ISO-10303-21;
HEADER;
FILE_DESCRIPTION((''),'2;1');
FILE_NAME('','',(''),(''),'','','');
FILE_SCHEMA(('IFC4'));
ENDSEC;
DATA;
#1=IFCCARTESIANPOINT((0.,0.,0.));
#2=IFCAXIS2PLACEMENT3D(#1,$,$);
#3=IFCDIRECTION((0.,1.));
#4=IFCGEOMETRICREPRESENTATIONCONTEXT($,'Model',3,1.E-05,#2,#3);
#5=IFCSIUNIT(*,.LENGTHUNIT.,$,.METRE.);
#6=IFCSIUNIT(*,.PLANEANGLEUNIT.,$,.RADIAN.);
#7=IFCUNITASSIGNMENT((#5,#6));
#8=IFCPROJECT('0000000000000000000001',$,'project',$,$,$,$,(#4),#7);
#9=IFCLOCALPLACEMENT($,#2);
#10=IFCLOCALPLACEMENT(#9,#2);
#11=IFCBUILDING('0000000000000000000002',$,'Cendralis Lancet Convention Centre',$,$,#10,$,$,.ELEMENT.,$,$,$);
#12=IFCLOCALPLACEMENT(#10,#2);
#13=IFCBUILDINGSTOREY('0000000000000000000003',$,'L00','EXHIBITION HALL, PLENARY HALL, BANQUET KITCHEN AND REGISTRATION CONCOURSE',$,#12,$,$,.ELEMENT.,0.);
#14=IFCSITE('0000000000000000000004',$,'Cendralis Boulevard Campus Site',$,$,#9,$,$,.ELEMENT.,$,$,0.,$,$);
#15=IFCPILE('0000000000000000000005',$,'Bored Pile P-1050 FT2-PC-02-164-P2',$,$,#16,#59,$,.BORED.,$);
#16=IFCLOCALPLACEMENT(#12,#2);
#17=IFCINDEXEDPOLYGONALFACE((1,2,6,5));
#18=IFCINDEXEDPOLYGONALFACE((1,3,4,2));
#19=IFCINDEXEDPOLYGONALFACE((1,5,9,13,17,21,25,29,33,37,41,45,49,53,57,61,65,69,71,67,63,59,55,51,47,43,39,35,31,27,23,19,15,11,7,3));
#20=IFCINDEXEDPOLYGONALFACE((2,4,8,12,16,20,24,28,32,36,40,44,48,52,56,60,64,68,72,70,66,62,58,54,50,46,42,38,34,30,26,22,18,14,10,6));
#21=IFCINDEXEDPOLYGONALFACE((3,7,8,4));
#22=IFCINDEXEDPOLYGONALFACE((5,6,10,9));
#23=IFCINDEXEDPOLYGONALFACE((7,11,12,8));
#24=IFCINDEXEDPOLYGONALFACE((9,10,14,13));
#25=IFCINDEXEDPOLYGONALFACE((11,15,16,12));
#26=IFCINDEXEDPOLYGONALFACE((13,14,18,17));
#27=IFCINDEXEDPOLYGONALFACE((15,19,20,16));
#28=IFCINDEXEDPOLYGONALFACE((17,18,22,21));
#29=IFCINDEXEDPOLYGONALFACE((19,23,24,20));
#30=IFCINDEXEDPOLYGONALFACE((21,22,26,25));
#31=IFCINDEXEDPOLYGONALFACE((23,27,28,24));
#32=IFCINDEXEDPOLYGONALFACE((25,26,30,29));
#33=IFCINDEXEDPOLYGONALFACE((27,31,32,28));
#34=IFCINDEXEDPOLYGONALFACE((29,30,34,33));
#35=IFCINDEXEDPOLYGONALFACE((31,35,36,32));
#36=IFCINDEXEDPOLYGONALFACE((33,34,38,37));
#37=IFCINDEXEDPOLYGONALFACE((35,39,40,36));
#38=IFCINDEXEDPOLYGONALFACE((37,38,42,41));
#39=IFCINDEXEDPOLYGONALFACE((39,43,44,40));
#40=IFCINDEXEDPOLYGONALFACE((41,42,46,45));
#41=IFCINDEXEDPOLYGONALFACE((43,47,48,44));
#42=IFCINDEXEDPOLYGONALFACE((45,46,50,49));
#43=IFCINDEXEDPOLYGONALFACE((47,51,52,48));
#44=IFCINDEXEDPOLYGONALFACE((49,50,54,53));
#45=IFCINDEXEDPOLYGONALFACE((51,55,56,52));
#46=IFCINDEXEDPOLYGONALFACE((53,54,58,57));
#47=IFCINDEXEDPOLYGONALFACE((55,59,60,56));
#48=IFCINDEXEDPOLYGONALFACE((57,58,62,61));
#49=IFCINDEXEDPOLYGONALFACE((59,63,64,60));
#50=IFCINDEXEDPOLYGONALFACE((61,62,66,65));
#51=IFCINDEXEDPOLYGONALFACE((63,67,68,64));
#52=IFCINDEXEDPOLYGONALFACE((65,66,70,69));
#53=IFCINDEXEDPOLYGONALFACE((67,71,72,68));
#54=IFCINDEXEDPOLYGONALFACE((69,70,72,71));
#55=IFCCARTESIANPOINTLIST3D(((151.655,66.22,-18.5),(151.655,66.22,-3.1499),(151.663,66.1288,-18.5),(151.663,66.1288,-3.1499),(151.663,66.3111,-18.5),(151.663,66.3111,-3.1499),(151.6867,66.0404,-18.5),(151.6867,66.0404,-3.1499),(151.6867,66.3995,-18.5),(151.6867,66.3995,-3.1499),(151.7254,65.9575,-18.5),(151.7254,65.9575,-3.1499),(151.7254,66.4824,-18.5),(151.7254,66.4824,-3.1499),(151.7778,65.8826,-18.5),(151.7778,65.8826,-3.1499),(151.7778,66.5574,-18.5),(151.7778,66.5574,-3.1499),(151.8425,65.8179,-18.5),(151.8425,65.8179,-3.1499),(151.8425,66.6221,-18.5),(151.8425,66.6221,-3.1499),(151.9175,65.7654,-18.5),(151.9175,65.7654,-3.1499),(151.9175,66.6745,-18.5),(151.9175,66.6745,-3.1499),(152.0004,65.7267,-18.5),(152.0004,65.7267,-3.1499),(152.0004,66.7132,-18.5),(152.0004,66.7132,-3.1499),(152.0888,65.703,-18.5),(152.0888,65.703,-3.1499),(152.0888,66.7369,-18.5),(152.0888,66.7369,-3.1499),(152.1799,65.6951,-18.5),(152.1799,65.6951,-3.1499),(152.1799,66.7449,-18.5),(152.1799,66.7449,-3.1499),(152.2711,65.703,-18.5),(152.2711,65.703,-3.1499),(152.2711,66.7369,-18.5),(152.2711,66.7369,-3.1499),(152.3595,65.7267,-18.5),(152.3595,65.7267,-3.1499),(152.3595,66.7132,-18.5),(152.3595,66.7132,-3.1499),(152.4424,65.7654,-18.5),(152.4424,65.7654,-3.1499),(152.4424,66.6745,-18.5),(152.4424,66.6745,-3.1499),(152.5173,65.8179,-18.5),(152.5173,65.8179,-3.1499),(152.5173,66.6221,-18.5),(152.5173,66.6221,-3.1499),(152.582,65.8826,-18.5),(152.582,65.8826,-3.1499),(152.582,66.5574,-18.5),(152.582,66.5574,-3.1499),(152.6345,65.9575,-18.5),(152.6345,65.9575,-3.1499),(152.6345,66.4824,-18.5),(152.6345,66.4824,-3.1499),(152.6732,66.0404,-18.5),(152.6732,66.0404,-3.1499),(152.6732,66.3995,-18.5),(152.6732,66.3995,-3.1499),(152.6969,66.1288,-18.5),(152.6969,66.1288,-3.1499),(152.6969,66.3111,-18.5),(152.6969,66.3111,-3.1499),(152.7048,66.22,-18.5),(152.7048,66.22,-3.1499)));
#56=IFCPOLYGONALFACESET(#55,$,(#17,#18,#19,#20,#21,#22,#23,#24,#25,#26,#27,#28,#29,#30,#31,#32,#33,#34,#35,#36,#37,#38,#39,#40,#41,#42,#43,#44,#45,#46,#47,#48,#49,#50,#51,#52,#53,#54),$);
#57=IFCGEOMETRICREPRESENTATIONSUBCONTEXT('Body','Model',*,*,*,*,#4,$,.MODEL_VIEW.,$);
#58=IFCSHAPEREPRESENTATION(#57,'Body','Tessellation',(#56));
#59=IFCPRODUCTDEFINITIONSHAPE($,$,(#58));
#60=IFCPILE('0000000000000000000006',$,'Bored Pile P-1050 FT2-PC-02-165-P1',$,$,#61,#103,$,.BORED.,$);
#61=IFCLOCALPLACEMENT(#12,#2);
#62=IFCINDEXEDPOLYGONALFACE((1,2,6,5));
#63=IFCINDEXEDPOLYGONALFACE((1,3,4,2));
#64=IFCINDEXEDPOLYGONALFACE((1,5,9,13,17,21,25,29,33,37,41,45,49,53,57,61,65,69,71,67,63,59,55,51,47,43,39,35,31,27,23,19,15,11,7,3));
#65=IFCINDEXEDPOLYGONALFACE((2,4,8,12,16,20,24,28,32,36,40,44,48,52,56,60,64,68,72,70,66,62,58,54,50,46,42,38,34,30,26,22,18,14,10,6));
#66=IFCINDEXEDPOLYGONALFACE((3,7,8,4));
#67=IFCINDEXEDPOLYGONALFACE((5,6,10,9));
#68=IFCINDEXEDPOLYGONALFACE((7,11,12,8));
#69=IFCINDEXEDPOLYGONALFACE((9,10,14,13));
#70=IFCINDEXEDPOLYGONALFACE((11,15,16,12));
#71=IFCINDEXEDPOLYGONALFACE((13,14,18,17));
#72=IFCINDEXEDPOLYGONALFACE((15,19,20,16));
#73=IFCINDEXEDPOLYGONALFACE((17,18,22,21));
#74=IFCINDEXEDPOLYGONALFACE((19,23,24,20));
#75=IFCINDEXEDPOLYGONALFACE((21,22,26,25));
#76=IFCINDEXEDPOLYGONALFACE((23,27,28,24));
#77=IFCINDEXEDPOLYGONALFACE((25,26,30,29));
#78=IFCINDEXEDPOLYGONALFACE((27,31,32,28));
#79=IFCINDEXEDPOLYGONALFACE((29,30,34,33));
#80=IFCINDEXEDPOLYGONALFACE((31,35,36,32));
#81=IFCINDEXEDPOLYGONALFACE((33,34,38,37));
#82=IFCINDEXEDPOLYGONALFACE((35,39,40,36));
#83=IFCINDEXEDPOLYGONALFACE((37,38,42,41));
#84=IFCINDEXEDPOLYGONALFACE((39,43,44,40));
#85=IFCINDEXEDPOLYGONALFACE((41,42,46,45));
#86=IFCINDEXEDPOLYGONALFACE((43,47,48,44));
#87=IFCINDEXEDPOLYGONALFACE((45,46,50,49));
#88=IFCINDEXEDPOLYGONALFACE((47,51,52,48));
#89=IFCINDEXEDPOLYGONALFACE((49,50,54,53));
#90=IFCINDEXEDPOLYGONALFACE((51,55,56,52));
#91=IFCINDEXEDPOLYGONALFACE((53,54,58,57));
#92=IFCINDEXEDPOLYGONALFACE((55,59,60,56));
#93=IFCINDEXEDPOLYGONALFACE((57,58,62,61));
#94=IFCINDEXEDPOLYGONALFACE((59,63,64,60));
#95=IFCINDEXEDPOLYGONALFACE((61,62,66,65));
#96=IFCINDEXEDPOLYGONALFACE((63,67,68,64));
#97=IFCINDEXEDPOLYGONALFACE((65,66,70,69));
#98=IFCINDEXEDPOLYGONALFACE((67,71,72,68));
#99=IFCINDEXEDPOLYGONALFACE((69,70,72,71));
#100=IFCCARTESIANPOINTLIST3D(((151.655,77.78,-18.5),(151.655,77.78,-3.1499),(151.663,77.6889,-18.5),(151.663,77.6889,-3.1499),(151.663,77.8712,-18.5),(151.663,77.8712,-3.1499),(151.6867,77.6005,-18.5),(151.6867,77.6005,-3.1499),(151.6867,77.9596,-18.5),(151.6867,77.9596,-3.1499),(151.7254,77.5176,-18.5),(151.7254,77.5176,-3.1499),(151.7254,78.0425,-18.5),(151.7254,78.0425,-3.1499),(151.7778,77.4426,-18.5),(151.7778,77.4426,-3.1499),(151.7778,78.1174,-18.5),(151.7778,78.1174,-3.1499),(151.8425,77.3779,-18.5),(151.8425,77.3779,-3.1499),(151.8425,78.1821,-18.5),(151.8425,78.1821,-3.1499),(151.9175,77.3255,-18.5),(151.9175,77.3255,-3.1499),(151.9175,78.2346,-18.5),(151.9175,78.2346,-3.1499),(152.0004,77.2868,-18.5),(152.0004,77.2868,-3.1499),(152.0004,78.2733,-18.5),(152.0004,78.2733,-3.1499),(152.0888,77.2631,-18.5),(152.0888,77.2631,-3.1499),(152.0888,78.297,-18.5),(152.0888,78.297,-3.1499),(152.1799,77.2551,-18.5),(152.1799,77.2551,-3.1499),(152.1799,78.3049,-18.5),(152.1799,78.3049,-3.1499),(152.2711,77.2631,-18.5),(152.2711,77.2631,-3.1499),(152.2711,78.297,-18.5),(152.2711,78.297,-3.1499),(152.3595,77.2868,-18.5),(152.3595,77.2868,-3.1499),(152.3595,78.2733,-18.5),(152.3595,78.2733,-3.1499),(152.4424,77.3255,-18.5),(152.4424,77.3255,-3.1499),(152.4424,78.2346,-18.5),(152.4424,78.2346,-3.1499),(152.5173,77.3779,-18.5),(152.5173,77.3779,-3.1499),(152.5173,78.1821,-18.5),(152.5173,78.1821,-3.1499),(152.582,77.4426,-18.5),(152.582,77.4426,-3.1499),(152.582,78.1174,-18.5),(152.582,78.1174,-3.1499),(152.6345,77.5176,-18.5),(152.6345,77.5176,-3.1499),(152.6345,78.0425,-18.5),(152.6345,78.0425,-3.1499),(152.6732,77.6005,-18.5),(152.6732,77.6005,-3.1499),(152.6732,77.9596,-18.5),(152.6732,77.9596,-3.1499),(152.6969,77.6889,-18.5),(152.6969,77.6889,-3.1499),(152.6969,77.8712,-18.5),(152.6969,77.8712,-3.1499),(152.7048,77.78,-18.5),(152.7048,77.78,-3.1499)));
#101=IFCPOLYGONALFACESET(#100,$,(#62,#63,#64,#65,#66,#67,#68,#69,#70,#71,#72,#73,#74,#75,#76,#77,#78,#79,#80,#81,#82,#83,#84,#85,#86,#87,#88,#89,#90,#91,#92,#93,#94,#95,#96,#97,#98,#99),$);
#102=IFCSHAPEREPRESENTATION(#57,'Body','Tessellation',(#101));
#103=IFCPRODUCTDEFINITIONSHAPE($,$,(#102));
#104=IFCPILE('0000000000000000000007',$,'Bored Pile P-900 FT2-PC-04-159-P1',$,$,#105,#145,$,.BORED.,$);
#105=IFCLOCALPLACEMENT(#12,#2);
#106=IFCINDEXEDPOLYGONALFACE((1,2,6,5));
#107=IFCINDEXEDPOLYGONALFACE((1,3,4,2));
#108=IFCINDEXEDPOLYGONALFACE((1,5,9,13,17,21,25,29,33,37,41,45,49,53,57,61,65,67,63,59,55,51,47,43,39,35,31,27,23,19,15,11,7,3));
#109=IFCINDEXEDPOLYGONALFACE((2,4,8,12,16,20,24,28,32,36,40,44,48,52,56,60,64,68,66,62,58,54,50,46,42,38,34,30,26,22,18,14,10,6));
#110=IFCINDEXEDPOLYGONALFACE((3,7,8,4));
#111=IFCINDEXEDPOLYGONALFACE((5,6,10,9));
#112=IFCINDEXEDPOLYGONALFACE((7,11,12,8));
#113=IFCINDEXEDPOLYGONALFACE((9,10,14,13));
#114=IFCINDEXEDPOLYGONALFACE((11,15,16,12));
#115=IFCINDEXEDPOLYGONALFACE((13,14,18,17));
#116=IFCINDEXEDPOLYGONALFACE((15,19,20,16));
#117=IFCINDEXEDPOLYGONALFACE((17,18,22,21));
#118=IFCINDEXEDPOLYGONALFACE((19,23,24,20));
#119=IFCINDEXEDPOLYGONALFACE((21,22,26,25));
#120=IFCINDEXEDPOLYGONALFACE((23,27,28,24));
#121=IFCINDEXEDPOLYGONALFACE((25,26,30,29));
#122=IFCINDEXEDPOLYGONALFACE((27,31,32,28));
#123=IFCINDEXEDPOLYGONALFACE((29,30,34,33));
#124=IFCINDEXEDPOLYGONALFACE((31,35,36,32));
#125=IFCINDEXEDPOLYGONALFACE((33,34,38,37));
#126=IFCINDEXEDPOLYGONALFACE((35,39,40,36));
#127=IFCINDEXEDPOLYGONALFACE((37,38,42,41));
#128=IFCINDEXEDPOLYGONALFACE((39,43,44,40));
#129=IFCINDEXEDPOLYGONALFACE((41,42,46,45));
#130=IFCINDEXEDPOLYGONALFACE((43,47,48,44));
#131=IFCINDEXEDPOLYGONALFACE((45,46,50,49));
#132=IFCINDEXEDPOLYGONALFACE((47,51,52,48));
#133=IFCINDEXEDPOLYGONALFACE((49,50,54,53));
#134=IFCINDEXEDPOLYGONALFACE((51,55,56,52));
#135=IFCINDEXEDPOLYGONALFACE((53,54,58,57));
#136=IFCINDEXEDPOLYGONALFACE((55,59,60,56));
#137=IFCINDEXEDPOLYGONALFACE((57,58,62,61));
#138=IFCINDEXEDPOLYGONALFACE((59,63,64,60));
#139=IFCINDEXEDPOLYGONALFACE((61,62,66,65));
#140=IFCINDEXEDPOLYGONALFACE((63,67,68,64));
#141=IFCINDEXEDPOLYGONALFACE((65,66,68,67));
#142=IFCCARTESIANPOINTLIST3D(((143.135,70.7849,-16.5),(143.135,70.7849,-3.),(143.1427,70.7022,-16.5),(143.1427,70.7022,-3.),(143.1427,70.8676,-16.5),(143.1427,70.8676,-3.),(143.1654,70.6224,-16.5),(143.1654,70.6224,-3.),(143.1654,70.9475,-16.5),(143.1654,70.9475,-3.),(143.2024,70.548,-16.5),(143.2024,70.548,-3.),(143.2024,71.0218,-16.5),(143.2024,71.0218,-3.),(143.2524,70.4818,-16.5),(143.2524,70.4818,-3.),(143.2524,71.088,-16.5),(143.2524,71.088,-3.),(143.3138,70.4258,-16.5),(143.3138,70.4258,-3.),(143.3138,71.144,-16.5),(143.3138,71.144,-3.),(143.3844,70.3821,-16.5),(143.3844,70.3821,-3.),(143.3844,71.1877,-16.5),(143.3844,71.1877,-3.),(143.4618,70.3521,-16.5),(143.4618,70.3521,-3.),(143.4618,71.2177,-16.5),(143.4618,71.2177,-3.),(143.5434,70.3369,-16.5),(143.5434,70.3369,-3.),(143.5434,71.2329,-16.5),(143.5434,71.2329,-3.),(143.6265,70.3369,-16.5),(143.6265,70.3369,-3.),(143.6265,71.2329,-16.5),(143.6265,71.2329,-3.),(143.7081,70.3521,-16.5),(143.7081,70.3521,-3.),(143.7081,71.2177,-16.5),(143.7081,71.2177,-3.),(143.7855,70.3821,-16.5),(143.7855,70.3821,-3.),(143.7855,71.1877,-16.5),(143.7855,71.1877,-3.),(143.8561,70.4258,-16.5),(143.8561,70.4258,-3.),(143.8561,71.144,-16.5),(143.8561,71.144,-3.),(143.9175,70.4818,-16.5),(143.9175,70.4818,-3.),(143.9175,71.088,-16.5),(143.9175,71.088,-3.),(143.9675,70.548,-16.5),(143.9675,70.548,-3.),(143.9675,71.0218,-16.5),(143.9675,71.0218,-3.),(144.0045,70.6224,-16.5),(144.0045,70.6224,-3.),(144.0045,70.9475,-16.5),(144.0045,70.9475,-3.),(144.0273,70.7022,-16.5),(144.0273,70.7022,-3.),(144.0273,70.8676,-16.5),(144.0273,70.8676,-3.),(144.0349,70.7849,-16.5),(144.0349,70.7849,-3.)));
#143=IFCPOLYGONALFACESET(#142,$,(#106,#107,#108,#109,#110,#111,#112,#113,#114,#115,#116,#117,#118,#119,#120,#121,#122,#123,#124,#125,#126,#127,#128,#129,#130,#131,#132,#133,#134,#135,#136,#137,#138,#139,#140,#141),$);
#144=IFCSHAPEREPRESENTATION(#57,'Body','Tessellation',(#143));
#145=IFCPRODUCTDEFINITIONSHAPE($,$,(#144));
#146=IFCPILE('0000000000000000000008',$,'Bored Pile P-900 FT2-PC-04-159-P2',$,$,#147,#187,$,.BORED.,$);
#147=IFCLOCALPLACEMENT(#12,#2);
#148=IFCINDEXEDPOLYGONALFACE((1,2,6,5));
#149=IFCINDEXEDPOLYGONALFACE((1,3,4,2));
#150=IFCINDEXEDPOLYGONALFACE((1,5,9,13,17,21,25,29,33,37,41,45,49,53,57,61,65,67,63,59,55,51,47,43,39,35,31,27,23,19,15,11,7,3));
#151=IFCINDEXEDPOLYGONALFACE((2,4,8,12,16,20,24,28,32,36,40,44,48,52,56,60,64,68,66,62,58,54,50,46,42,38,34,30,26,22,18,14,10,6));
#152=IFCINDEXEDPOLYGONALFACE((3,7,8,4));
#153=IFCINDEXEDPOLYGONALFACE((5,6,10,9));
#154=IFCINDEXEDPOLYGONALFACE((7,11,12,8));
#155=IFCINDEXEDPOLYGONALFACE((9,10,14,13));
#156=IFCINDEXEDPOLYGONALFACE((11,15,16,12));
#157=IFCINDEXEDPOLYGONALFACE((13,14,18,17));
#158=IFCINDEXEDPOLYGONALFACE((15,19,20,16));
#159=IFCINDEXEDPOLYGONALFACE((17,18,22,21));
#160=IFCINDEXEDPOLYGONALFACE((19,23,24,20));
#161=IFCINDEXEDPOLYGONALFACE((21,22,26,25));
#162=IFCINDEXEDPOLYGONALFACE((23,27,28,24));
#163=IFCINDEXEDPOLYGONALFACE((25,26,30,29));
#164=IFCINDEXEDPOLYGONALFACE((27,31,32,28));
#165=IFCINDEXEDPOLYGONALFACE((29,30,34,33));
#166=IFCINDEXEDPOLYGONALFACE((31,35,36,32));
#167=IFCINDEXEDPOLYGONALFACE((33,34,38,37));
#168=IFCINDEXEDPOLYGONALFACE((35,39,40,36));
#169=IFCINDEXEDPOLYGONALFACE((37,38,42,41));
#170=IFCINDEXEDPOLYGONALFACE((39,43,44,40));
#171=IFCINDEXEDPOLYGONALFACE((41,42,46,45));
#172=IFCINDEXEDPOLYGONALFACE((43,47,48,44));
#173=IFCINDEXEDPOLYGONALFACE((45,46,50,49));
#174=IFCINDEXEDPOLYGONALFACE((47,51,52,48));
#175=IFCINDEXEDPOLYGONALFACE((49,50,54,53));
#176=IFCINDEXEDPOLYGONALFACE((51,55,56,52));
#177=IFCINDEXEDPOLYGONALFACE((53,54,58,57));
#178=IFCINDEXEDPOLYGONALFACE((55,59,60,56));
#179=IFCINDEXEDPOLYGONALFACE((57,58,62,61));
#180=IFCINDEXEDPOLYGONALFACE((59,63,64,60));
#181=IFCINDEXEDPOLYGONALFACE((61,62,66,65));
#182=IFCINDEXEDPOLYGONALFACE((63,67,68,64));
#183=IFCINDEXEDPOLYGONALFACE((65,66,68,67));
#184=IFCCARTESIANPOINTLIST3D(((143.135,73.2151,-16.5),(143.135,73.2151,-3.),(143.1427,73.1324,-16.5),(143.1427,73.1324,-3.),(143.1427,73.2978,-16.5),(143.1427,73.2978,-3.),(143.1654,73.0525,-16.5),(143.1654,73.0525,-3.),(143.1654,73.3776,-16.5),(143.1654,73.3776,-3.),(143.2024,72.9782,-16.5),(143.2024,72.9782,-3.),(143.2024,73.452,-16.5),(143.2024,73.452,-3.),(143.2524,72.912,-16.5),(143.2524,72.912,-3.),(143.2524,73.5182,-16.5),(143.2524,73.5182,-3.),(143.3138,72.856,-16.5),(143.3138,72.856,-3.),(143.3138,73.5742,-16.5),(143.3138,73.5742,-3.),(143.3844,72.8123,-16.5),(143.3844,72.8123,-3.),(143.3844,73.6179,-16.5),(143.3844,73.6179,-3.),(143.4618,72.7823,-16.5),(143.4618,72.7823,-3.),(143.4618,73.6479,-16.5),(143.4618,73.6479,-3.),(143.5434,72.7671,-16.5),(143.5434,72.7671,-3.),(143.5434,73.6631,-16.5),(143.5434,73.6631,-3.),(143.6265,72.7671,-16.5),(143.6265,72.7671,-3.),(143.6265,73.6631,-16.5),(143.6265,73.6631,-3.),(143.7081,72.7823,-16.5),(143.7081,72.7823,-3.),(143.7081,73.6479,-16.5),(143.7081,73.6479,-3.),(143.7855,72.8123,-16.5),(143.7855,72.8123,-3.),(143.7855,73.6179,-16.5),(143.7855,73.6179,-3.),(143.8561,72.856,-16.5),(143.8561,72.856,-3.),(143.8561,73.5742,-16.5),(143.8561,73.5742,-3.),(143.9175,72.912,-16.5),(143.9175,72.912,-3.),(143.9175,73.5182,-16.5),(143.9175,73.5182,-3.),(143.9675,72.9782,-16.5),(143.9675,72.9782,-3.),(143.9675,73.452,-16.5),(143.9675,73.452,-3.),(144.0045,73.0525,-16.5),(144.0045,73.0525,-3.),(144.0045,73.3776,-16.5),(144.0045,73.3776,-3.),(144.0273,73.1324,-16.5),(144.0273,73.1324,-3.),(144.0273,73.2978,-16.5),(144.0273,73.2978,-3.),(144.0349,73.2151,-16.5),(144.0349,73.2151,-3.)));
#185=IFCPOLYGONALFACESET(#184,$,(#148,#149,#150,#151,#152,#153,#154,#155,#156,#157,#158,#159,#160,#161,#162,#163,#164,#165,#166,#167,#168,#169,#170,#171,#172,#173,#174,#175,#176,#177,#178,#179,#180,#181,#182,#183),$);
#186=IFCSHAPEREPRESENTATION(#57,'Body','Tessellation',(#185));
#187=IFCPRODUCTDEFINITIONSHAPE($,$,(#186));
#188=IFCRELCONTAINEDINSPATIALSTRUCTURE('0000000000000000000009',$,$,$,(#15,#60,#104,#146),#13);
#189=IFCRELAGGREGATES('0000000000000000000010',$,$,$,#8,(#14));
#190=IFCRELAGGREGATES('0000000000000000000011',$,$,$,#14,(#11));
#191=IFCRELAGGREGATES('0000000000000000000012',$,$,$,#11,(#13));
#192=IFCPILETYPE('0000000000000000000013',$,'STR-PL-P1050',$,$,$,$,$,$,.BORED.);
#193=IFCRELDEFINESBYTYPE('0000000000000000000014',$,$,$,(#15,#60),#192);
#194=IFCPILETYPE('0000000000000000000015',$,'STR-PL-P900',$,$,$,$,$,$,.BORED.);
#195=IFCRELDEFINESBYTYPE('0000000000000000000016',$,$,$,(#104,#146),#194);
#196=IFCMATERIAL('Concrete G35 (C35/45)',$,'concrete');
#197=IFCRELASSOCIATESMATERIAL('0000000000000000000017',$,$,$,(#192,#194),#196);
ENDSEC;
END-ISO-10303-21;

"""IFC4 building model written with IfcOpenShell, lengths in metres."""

from ifc_helpers import new_model, si_unit, direction, frame, origin, origin_2d, place, context, subcontext, project, spatial, circle, extrude, material, material_profile, profile_set, type_object, element, save


model = new_model("IFC4")

# Units and contexts
model_context = context("Model", 3, precision=1e-05, world=origin(), true_north=direction((0.0, 1.0)))
body_context = subcontext(model_context, "Body", "Model", "MODEL_VIEW")
ifc_project = project(units=[si_unit("LENGTHUNIT", "METRE"), si_unit("PLANEANGLEUNIT", "RADIAN")], contexts=[model_context])

# Site, building, storey
site_placement = place(None, origin())
site = spatial("IfcSite", under=ifc_project, at=site_placement, Name="Cendralis Boulevard Campus Site", CompositionType="ELEMENT", RefElevation=0.0)
building_placement = place(site_placement, origin())
building = spatial("IfcBuilding", under=site, at=building_placement, Name="Cendralis Lancet Convention Centre", CompositionType="ELEMENT")
storey_placement = place(building_placement, origin())
storey = spatial("IfcBuildingStorey", under=building, at=storey_placement, Name="L00", Description="EXHIBITION HALL, PLENARY HALL, BANQUET KITCHEN AND REGISTRATION CONCOURSE", CompositionType="ELEMENT", Elevation=0.0)

# Shared definitions
ifc_material_1 = material(Name="Concrete G35 (C35/45)", Category="concrete")

# Piles
ifc_material_profile_1 = material_profile(ifc_material_1, circle(Radius=0.5249, at=origin_2d()), Name="BORED PILE D1050")
ifc_profile_set_1 = profile_set([ifc_material_profile_1], Name="Concrete G35 (C35/45)")
pile_type_1 = type_object("IfcPileType", Name="STR-PL-P1050", PredefinedType="BORED", material=ifc_profile_set_1)
for number, where, z_axis, x_axis, name in (
    (1, (152.1799, 66.22, -3.1499), (0.0, 0.0, -1.0), (1.0, 0.0, 0.0), "Bored Pile P-1050 FT2-PC-02-164-P2"),
    (2, (152.1799, 77.78, -3.1499), (0.0, 0.0, -1.0), (1.0, 0.0, 0.0), "Bored Pile P-1050 FT2-PC-02-165-P1"),
):
    element("IfcPile", number, at=place(storey_placement, frame(where, z_axis=z_axis, x_axis=x_axis)), inside=storey, type_object=pile_type_1, Name=name, PredefinedType="BORED", context=body_context, shape_type="SweptSolid", body=[
        extrude(circle(Radius=0.5249, at=origin_2d()), origin(), (0.0, 0.0, 1.0), 15.3501),
    ])
ifc_material_profile_2 = material_profile(ifc_material_1, circle(Radius=0.45, at=origin_2d()), Name="BORED PILE D900")
ifc_profile_set_2 = profile_set([ifc_material_profile_2], Name="Concrete G35 (C35/45)")
pile_type_2 = type_object("IfcPileType", Name="STR-PL-P900", PredefinedType="BORED", material=ifc_profile_set_2)
for number, where, z_axis, x_axis, name in (
    (3, (143.585, 70.7849, -3.0), (0.0, 0.0, -1.0), (1.0, 0.0, 0.0), "Bored Pile P-900 FT2-PC-04-159-P1"),
    (4, (143.585, 73.2151, -3.0), (0.0, 0.0, -1.0), (1.0, 0.0, 0.0), "Bored Pile P-900 FT2-PC-04-159-P2"),
):
    element("IfcPile", number, at=place(storey_placement, frame(where, z_axis=z_axis, x_axis=x_axis)), inside=storey, type_object=pile_type_2, Name=name, PredefinedType="BORED", context=body_context, shape_type="SweptSolid", body=[
        extrude(circle(Radius=0.45, at=origin_2d()), origin(), (0.0, 0.0, 1.0), 13.5),
    ])

save(model, "model.ifc")
